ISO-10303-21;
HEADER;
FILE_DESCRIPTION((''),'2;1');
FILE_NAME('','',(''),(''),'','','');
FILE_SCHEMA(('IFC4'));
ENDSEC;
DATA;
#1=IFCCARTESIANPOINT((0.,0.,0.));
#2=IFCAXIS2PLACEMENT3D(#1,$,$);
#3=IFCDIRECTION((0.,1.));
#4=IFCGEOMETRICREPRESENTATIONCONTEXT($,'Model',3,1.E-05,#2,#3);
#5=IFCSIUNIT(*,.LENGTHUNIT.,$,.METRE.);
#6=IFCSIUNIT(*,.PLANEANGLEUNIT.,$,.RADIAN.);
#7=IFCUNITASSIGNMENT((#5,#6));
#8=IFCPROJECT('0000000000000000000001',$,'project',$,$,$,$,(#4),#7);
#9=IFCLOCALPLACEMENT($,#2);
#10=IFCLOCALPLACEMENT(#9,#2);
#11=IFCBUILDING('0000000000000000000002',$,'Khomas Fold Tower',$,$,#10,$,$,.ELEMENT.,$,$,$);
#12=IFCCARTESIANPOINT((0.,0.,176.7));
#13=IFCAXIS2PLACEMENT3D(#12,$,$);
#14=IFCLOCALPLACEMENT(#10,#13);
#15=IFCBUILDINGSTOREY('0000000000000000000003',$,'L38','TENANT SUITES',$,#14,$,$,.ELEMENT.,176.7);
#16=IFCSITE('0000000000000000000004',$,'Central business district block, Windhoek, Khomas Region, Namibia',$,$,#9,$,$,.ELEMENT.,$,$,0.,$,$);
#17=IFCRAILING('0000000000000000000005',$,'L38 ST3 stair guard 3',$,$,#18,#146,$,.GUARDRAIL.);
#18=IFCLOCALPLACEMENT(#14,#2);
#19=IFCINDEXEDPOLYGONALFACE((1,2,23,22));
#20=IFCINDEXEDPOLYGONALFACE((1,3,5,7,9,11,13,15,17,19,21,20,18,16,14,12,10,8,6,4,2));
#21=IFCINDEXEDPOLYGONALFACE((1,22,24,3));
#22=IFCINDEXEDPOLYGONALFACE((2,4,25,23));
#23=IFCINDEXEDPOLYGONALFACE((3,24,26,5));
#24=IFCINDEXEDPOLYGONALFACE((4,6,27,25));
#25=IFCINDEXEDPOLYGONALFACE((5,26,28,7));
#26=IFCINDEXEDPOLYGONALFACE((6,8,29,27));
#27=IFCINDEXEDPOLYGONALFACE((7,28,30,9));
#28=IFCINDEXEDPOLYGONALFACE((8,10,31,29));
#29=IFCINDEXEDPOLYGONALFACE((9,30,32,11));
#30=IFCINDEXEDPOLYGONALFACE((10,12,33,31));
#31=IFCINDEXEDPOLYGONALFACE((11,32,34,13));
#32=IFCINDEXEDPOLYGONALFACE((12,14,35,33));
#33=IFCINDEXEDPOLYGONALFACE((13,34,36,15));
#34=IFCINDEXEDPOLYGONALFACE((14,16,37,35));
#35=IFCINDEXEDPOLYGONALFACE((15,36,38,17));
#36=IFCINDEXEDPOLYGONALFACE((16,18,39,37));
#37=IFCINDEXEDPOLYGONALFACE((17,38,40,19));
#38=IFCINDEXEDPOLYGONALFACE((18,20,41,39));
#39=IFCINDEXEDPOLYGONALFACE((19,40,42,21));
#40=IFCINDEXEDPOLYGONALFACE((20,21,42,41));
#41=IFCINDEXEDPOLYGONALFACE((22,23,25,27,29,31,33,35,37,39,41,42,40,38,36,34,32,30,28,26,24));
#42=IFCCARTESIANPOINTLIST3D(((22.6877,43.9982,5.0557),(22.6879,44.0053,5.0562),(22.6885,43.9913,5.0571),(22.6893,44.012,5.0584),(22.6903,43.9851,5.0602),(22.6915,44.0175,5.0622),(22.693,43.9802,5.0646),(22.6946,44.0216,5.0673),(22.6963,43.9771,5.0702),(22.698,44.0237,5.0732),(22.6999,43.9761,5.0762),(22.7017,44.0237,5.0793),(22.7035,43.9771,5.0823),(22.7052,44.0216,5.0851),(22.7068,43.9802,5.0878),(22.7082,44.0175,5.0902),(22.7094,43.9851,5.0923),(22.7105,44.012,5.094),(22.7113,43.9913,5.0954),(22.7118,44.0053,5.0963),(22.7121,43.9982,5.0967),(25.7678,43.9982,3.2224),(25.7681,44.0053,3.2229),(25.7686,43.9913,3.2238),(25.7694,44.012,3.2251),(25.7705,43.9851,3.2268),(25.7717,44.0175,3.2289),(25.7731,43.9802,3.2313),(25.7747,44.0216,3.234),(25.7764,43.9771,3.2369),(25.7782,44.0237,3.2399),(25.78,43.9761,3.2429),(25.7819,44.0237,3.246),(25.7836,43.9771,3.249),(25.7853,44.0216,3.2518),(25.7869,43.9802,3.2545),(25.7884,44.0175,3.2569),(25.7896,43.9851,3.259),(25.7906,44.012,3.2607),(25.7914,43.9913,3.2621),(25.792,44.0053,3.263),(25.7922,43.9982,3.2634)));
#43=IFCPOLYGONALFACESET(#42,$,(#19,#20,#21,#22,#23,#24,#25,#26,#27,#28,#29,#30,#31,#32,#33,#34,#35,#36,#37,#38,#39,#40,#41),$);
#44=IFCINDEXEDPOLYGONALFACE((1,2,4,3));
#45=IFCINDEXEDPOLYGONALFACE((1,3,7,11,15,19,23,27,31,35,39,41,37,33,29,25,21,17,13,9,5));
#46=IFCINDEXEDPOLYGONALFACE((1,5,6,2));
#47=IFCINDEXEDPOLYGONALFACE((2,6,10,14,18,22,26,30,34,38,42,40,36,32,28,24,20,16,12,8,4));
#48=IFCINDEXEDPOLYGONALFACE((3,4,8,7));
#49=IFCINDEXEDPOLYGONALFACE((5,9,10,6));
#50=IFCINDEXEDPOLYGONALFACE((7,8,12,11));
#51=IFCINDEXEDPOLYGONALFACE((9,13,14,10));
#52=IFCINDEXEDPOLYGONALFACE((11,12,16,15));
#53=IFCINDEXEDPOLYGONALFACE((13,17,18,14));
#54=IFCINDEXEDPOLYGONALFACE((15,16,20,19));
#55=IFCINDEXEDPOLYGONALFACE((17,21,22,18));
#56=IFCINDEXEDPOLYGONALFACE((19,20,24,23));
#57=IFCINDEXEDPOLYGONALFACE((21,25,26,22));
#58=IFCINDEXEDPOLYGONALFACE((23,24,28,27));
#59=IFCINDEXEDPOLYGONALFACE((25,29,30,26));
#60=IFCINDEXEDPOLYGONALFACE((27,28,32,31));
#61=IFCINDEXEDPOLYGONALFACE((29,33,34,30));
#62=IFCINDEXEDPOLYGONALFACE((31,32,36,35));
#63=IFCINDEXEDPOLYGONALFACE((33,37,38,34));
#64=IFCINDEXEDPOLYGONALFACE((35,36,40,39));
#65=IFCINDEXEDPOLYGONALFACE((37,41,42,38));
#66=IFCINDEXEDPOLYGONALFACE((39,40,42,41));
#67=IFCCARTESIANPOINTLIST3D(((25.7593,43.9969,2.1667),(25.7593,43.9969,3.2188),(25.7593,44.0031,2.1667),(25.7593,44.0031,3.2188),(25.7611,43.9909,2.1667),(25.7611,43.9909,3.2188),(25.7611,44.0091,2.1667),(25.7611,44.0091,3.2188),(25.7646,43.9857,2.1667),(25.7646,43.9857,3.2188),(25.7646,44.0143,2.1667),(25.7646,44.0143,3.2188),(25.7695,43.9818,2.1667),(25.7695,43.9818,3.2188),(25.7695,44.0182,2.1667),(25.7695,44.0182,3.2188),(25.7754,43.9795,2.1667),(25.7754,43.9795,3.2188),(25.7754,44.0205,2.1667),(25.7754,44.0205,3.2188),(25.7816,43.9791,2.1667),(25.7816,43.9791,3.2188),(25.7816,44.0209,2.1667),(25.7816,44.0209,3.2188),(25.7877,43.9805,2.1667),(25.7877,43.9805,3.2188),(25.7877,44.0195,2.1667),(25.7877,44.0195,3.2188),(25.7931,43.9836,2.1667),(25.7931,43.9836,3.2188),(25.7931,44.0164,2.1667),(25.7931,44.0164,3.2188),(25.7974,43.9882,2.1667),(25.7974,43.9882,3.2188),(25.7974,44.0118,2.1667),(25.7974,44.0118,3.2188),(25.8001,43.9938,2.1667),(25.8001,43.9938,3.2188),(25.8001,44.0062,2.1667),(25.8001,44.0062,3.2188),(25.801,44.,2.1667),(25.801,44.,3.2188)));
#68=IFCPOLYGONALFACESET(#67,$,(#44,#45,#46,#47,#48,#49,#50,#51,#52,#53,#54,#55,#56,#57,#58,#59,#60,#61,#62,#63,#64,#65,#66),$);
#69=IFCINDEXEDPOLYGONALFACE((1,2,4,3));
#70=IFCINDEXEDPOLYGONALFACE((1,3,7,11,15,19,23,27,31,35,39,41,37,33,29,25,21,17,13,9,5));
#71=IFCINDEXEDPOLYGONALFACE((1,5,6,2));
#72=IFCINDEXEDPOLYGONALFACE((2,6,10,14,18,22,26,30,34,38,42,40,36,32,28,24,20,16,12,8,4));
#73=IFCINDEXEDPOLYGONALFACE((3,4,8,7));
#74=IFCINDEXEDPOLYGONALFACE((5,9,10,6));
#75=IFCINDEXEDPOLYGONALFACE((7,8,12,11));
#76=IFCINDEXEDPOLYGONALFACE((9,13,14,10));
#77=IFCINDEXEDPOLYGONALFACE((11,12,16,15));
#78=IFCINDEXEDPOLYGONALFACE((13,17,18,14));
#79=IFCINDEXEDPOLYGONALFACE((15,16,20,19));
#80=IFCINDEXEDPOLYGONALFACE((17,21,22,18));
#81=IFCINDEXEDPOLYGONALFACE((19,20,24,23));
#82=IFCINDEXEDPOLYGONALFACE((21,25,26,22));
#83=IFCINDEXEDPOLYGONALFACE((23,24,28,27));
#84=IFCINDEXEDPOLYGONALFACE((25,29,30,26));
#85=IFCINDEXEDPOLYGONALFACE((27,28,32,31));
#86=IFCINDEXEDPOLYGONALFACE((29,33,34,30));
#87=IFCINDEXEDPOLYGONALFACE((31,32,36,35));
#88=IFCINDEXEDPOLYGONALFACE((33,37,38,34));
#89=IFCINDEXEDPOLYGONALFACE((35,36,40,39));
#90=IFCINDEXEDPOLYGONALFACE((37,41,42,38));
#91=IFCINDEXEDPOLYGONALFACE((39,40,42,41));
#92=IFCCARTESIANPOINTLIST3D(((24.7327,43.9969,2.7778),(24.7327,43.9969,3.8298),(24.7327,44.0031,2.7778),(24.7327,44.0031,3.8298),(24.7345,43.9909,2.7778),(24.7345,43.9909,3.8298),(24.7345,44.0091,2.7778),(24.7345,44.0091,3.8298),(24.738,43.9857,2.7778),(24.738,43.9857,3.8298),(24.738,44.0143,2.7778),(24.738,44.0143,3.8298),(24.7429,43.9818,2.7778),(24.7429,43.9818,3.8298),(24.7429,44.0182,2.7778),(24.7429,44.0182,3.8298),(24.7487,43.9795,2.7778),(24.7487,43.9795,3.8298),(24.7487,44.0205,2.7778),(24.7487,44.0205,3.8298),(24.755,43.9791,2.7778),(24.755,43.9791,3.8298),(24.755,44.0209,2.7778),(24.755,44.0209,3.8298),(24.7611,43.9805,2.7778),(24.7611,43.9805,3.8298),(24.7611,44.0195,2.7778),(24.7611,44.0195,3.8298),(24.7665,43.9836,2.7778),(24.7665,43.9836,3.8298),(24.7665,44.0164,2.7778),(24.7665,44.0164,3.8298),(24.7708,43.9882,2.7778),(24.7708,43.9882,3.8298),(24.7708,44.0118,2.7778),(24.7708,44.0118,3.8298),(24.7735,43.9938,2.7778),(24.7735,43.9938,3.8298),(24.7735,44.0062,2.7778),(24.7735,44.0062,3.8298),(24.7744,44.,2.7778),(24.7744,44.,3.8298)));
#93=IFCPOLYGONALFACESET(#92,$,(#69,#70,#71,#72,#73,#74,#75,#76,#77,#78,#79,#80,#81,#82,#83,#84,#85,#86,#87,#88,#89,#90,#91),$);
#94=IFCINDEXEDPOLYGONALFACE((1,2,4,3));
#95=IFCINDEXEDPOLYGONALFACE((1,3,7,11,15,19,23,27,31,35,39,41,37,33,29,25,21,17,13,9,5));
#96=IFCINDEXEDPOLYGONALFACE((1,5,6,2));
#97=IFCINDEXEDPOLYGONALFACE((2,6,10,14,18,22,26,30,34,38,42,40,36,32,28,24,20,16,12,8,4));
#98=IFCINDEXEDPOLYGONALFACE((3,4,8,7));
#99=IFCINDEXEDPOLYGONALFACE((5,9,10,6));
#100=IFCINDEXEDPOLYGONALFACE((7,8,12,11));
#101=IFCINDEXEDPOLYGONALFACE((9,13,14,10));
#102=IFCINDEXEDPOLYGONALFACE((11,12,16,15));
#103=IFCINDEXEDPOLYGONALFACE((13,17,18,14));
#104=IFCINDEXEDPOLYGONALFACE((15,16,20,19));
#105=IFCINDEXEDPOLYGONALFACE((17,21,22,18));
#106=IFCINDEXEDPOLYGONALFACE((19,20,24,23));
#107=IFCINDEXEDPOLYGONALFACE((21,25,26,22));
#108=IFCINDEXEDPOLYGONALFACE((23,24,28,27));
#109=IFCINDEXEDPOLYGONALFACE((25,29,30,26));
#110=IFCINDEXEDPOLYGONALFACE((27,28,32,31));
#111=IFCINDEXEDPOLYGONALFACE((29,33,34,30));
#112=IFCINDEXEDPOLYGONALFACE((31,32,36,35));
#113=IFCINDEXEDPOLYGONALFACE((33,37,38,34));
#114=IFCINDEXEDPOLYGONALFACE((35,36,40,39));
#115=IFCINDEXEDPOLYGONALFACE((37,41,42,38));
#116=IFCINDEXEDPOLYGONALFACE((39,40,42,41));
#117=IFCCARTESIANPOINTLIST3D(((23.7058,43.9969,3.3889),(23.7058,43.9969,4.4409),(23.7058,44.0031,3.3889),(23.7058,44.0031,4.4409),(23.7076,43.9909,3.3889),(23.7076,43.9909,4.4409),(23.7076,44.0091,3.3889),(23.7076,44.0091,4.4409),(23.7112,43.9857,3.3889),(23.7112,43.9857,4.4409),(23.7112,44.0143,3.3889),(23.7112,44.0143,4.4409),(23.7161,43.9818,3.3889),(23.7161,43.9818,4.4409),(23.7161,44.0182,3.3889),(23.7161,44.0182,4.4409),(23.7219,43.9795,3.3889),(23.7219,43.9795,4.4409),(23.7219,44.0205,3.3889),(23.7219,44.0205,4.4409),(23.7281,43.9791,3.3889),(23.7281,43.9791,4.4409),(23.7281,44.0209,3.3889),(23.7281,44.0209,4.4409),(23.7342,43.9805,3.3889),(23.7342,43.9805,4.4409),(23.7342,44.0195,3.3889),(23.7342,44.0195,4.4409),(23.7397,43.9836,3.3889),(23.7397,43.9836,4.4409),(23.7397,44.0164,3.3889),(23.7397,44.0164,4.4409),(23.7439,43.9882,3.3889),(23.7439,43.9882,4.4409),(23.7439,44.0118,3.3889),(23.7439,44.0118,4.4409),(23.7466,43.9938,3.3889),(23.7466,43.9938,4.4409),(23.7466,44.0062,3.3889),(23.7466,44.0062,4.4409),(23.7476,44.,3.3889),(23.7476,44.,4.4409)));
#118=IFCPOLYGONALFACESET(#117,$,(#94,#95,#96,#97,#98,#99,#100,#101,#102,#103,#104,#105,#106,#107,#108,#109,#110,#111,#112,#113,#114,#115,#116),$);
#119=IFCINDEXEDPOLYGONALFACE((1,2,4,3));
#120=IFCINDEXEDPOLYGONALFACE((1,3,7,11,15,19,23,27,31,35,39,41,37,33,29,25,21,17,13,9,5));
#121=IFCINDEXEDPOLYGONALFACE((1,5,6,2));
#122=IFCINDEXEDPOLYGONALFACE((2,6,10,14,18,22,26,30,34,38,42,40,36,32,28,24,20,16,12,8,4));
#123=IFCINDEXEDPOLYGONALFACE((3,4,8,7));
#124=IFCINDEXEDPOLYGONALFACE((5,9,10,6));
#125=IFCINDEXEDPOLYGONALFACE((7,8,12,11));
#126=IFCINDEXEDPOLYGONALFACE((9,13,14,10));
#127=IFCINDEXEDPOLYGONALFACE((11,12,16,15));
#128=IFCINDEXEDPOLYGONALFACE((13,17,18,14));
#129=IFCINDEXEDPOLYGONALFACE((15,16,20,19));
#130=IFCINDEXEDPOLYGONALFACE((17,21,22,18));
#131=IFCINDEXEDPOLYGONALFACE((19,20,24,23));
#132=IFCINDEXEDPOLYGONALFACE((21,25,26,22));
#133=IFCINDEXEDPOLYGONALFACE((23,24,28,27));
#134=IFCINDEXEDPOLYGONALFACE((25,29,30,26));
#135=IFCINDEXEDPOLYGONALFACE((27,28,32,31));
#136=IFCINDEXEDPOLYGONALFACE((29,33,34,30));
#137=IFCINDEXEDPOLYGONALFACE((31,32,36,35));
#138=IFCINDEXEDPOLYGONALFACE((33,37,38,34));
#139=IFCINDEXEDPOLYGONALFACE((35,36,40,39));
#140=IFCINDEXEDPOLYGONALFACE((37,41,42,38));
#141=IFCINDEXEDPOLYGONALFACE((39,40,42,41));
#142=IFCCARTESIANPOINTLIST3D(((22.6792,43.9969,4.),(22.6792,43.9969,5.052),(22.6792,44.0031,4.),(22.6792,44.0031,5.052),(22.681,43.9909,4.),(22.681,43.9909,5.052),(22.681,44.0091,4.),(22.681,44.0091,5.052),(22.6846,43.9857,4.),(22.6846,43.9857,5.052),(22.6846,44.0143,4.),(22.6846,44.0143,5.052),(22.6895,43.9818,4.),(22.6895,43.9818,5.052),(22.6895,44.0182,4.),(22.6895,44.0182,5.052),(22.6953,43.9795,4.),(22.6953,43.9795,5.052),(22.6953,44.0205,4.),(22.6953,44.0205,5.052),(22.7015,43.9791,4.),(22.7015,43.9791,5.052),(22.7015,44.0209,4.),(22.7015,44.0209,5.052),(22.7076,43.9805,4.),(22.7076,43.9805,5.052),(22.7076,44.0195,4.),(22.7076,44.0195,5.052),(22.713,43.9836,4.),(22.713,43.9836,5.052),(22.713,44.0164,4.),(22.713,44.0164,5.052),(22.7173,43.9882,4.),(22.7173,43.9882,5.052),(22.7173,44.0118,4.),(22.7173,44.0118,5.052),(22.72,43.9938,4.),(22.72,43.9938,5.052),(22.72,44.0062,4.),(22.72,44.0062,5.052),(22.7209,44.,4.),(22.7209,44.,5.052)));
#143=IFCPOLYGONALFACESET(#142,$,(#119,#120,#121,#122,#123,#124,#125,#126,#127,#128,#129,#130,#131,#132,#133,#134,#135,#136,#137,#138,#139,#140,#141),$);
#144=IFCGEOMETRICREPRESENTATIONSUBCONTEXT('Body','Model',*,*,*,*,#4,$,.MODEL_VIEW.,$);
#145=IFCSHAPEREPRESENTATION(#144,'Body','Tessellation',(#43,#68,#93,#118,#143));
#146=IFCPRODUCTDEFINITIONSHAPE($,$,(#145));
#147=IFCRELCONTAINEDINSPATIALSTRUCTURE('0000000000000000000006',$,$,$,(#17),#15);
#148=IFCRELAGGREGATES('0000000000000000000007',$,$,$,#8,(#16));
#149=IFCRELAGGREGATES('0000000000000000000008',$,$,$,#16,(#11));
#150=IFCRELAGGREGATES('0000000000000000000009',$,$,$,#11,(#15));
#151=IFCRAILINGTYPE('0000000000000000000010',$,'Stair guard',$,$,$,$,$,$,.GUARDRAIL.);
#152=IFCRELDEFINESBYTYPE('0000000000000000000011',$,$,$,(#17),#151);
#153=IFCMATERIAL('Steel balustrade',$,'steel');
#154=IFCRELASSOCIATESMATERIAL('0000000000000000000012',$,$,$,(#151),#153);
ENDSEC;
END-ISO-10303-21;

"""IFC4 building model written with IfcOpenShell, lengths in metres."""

from ifc_helpers import new_model, si_unit, direction, frame, origin, origin_2d, place, context, subcontext, project, spatial, circle, extrude, source, transform, mapped, material, type_object, element, save


model = new_model("IFC4")

# Units and contexts
model_context = context("Model", 3, precision=1e-05, world=origin(), true_north=direction((0.0, 1.0)))
body_context = subcontext(model_context, "Body", "Model", "MODEL_VIEW")
ifc_project = project(units=[si_unit("LENGTHUNIT", "METRE"), si_unit("PLANEANGLEUNIT", "RADIAN")], contexts=[model_context])

# Site, building, storey
site_placement = place(None, origin())
site = spatial("IfcSite", under=ifc_project, at=site_placement, Name="Central business district block, Windhoek, Khomas Region, Namibia", CompositionType="ELEMENT", RefElevation=0.0)
building_placement = place(site_placement, origin())
building = spatial("IfcBuilding", under=site, at=building_placement, Name="Khomas Fold Tower", CompositionType="ELEMENT")
storey_placement = place(building_placement, frame((0.0, 0.0, 176.7)))
storey = spatial("IfcBuildingStorey", under=building, at=storey_placement, Name="L38", Description="TENANT SUITES", CompositionType="ELEMENT", Elevation=176.7)

# Railing
ifc_material_1 = material(Name="Steel balustrade", Category="steel")
railing_type_1 = type_object("IfcRailingType", Name="Stair guard", PredefinedType="GUARDRAIL", material=ifc_material_1)
shared_shape_1 = source(origin(), body_context, "Body", "SweptSolid", [
    extrude(circle(Radius=0.0239, at=origin_2d()), frame((0.0, 0.0, 1.0762), z_axis=(-0.859309, 0.0, 0.511458), x_axis=(0.0, -1.0, 0.0)), (0.0, 0.0, 1.0), 3.5845),
    extrude(circle(Radius=0.021, at=origin_2d()), origin(), (0.0, 0.0, 1.0), 1.052),
    extrude(circle(Radius=0.021, at=origin_2d()), frame((-1.0266, 0.0, 0.6111)), (0.0, 0.0, 1.0), 1.052),
    extrude(circle(Radius=0.021, at=origin_2d()), frame((-2.0535, 0.0, 1.2222)), (0.0, 0.0, 1.0), 1.052),
    extrude(circle(Radius=0.021, at=origin_2d()), frame((-3.0801, 0.0, 1.8333)), (0.0, 0.0, 1.0), 1.052),
])
railing_1_placement = place(storey_placement, frame((25.78, 44.0, 2.1667)))
element("IfcRailing", 1, at=railing_1_placement, inside=storey, type_object=railing_type_1, Name="L38 ST3 stair guard 3", PredefinedType="GUARDRAIL", context=body_context, shape_type="MappedRepresentation", body=[
    mapped(shared_shape_1, transform((0.0, 0.0, 0.0))),
])

save(model, "model.ifc")
